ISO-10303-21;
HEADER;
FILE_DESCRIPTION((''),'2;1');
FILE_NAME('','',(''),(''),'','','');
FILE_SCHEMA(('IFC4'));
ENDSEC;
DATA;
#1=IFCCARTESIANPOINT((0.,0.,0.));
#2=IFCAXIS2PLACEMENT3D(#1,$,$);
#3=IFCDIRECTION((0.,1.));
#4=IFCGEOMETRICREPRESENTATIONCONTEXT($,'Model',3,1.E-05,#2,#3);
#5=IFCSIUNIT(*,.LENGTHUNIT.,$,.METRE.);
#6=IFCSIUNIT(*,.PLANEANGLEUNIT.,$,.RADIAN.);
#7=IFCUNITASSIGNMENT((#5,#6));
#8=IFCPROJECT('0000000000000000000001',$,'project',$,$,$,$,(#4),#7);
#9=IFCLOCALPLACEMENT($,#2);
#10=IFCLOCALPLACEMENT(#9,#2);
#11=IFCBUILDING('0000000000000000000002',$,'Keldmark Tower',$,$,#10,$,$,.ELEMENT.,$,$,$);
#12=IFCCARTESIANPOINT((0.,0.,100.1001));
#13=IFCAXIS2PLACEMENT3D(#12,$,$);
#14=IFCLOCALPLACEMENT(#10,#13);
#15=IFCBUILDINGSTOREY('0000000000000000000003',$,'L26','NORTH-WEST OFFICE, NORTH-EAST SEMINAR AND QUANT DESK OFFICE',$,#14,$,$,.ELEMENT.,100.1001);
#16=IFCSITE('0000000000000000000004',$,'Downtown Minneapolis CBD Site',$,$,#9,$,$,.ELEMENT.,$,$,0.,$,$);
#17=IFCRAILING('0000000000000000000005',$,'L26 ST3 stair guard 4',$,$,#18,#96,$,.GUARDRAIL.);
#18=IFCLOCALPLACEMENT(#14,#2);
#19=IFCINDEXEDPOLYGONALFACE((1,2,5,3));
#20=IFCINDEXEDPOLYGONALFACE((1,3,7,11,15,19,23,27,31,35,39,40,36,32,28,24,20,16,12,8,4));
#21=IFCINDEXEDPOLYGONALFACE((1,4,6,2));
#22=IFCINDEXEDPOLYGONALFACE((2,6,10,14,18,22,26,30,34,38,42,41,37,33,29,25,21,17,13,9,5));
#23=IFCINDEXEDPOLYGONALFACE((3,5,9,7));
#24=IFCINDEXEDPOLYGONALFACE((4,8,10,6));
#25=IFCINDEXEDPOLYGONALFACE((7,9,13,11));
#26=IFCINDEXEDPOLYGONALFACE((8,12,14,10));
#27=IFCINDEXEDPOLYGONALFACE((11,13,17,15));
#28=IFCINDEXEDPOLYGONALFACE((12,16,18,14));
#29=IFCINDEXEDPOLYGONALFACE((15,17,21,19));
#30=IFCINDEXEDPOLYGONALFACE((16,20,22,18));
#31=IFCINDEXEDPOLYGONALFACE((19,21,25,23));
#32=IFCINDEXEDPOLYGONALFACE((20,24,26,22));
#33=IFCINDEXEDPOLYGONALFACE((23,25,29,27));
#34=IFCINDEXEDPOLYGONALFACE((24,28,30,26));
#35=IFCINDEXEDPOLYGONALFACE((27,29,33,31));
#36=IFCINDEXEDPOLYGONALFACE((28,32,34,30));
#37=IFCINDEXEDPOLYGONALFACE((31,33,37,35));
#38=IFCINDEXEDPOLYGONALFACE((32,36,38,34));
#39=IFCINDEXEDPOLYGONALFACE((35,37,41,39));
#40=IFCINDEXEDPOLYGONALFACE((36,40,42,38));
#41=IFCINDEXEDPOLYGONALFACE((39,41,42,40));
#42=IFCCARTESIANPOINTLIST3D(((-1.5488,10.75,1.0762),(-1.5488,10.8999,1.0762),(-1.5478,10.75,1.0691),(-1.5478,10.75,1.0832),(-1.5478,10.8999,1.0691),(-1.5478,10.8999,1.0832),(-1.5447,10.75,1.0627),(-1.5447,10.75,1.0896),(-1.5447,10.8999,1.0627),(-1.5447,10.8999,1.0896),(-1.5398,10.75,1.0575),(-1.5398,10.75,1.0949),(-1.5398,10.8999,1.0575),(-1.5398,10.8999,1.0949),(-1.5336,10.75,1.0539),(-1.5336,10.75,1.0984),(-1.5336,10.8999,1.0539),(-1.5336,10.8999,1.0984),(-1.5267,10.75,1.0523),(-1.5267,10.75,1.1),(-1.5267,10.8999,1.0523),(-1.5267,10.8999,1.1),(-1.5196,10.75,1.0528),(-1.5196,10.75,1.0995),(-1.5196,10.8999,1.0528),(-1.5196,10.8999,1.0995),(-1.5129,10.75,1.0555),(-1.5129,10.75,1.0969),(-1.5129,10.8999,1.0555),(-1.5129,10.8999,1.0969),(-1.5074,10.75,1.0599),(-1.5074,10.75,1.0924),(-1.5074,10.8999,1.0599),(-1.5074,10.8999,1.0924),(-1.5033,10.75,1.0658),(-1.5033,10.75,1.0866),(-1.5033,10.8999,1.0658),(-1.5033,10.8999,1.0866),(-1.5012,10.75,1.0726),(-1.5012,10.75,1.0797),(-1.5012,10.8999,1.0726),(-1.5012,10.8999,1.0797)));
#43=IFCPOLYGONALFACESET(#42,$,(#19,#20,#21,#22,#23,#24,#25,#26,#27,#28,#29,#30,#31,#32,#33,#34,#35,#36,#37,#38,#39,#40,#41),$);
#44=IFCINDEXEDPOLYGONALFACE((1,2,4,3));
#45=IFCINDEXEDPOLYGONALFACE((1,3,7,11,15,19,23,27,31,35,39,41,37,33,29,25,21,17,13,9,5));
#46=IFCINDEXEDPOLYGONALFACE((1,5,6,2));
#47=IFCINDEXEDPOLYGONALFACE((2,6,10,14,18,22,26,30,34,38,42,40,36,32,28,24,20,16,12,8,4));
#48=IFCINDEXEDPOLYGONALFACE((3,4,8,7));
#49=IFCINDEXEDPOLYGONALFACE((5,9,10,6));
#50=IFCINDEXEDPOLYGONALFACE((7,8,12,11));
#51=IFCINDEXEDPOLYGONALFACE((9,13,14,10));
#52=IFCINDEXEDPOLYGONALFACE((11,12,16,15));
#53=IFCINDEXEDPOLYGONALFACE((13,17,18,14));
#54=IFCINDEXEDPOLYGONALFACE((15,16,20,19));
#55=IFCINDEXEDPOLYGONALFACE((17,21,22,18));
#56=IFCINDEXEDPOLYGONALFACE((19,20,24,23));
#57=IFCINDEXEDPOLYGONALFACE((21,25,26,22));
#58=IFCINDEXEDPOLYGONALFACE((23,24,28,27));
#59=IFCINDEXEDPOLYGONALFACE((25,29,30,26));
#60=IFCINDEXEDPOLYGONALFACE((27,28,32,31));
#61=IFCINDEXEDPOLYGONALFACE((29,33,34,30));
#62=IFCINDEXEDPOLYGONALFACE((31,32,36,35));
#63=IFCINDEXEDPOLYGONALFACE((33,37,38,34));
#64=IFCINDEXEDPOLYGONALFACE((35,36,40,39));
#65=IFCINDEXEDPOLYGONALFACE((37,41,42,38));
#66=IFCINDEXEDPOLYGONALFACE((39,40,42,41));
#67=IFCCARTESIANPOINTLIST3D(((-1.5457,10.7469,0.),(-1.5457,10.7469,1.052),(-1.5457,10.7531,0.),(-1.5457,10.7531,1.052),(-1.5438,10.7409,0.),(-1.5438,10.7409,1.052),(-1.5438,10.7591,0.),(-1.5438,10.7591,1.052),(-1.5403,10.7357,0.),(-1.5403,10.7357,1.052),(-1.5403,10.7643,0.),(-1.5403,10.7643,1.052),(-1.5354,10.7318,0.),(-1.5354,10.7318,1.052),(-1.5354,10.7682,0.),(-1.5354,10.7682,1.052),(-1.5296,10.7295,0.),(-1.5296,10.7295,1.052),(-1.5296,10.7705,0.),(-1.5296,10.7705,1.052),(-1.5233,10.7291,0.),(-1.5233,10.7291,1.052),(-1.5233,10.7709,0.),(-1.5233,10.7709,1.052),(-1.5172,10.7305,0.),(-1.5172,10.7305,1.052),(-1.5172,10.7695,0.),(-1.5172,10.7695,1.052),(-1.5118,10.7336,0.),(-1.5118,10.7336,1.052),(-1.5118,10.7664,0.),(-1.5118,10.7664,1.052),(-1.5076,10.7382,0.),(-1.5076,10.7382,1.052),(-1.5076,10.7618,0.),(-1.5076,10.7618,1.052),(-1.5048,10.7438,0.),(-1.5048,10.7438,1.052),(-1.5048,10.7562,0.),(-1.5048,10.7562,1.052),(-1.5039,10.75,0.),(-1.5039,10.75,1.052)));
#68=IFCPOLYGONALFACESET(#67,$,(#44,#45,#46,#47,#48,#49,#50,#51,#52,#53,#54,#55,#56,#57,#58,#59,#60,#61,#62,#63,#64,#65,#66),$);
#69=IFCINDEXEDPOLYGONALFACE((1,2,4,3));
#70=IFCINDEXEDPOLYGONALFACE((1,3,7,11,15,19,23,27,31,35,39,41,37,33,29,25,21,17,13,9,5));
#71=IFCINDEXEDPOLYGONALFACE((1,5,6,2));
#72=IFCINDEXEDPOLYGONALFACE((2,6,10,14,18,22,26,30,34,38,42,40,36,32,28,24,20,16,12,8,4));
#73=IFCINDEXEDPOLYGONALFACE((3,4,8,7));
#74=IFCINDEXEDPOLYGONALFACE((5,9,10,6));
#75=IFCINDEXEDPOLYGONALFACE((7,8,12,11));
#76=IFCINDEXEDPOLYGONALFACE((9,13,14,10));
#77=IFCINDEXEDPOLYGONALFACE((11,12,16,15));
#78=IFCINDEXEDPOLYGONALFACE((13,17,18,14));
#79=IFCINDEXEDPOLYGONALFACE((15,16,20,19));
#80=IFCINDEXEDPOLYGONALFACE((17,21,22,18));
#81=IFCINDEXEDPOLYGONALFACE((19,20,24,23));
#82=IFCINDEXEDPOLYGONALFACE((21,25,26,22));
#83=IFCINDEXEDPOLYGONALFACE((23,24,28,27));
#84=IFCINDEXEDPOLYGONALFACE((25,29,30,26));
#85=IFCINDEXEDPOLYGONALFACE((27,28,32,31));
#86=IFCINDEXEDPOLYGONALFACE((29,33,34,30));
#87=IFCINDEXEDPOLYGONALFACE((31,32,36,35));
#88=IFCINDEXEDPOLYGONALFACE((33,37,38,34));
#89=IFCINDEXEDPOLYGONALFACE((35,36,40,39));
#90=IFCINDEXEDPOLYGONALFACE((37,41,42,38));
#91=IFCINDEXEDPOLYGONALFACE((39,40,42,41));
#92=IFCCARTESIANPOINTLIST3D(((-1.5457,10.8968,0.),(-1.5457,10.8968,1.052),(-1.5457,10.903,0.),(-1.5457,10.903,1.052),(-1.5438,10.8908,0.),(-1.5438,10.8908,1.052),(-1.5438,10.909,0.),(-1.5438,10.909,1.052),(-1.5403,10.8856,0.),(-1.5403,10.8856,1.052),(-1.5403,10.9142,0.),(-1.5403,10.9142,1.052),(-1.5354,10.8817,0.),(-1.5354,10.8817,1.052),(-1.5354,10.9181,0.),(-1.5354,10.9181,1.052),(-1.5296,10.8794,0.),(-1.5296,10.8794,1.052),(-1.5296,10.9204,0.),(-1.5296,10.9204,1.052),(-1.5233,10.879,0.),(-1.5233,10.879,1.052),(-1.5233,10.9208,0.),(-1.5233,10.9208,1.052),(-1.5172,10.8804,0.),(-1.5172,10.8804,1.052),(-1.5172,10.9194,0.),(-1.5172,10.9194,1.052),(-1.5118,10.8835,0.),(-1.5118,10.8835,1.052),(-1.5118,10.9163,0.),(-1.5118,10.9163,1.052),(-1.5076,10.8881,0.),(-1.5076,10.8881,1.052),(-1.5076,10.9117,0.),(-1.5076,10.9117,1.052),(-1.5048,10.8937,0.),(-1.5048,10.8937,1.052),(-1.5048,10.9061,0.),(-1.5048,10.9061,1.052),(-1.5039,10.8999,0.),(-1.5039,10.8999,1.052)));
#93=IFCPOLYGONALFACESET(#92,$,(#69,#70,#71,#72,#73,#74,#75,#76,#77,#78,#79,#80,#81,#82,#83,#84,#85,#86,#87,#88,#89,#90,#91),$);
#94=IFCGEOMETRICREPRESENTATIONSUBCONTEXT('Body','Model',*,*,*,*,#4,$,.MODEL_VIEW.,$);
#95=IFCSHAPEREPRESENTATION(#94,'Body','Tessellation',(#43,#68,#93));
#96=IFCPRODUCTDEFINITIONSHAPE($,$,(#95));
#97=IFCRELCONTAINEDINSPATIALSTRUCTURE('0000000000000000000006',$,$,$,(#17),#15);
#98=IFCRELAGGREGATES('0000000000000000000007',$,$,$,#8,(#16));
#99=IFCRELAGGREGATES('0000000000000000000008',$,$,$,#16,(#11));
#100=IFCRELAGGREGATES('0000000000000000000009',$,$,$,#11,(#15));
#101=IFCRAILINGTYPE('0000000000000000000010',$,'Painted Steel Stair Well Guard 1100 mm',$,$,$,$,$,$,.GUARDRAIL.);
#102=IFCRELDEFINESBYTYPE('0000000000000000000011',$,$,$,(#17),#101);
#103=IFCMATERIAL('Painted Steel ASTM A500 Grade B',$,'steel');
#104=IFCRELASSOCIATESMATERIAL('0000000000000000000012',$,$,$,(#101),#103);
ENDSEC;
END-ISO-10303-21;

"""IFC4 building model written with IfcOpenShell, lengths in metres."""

from ifc_helpers import new_model, si_unit, direction, frame, origin, origin_2d, place, context, subcontext, project, spatial, circle, extrude, material, type_object, element, save


model = new_model("IFC4")

# Units and contexts
model_context = context("Model", 3, precision=1e-05, world=origin(), true_north=direction((0.0, 1.0)))
body_context = subcontext(model_context, "Body", "Model", "MODEL_VIEW")
ifc_project = project(units=[si_unit("LENGTHUNIT", "METRE"), si_unit("PLANEANGLEUNIT", "RADIAN")], contexts=[model_context])

# Site, building, storey
site_placement = place(None, origin())
site = spatial("IfcSite", under=ifc_project, at=site_placement, Name="Downtown Minneapolis CBD Site", CompositionType="ELEMENT", RefElevation=0.0)
building_placement = place(site_placement, origin())
building = spatial("IfcBuilding", under=site, at=building_placement, Name="Keldmark Tower", CompositionType="ELEMENT")
storey_placement = place(building_placement, frame((0.0, 0.0, 100.1001)))
storey = spatial("IfcBuildingStorey", under=building, at=storey_placement, Name="L26", Description="NORTH-WEST OFFICE, NORTH-EAST SEMINAR AND QUANT DESK OFFICE", CompositionType="ELEMENT", Elevation=100.1001)

# Railing
ifc_material_1 = material(Name="Painted Steel ASTM A500 Grade B", Category="steel")
railing_type_1 = type_object("IfcRailingType", Name="Painted Steel Stair Well Guard 1100 mm", PredefinedType="GUARDRAIL", material=ifc_material_1)
railing_1_placement = place(storey_placement, frame((-1.5249, 10.75, 0.0)))
element("IfcRailing", 1, at=railing_1_placement, inside=storey, type_object=railing_type_1, Name="L26 ST3 stair guard 4", PredefinedType="GUARDRAIL", context=body_context, shape_type="SweptSolid", body=[
    extrude(circle(Radius=0.0239, at=origin_2d()), frame((0.0, 0.0, 1.0762), z_axis=(0.0, 1.0, 0.0), x_axis=(-1.0, 0.0, 0.0)), (0.0, 0.0, 1.0), 0.1499),
    extrude(circle(Radius=0.021, at=origin_2d()), origin(), (0.0, 0.0, 1.0), 1.052),
    extrude(circle(Radius=0.021, at=origin_2d()), frame((0.0, 0.1499, 0.0)), (0.0, 0.0, 1.0), 1.052),
])

save(model, "model.ifc")
